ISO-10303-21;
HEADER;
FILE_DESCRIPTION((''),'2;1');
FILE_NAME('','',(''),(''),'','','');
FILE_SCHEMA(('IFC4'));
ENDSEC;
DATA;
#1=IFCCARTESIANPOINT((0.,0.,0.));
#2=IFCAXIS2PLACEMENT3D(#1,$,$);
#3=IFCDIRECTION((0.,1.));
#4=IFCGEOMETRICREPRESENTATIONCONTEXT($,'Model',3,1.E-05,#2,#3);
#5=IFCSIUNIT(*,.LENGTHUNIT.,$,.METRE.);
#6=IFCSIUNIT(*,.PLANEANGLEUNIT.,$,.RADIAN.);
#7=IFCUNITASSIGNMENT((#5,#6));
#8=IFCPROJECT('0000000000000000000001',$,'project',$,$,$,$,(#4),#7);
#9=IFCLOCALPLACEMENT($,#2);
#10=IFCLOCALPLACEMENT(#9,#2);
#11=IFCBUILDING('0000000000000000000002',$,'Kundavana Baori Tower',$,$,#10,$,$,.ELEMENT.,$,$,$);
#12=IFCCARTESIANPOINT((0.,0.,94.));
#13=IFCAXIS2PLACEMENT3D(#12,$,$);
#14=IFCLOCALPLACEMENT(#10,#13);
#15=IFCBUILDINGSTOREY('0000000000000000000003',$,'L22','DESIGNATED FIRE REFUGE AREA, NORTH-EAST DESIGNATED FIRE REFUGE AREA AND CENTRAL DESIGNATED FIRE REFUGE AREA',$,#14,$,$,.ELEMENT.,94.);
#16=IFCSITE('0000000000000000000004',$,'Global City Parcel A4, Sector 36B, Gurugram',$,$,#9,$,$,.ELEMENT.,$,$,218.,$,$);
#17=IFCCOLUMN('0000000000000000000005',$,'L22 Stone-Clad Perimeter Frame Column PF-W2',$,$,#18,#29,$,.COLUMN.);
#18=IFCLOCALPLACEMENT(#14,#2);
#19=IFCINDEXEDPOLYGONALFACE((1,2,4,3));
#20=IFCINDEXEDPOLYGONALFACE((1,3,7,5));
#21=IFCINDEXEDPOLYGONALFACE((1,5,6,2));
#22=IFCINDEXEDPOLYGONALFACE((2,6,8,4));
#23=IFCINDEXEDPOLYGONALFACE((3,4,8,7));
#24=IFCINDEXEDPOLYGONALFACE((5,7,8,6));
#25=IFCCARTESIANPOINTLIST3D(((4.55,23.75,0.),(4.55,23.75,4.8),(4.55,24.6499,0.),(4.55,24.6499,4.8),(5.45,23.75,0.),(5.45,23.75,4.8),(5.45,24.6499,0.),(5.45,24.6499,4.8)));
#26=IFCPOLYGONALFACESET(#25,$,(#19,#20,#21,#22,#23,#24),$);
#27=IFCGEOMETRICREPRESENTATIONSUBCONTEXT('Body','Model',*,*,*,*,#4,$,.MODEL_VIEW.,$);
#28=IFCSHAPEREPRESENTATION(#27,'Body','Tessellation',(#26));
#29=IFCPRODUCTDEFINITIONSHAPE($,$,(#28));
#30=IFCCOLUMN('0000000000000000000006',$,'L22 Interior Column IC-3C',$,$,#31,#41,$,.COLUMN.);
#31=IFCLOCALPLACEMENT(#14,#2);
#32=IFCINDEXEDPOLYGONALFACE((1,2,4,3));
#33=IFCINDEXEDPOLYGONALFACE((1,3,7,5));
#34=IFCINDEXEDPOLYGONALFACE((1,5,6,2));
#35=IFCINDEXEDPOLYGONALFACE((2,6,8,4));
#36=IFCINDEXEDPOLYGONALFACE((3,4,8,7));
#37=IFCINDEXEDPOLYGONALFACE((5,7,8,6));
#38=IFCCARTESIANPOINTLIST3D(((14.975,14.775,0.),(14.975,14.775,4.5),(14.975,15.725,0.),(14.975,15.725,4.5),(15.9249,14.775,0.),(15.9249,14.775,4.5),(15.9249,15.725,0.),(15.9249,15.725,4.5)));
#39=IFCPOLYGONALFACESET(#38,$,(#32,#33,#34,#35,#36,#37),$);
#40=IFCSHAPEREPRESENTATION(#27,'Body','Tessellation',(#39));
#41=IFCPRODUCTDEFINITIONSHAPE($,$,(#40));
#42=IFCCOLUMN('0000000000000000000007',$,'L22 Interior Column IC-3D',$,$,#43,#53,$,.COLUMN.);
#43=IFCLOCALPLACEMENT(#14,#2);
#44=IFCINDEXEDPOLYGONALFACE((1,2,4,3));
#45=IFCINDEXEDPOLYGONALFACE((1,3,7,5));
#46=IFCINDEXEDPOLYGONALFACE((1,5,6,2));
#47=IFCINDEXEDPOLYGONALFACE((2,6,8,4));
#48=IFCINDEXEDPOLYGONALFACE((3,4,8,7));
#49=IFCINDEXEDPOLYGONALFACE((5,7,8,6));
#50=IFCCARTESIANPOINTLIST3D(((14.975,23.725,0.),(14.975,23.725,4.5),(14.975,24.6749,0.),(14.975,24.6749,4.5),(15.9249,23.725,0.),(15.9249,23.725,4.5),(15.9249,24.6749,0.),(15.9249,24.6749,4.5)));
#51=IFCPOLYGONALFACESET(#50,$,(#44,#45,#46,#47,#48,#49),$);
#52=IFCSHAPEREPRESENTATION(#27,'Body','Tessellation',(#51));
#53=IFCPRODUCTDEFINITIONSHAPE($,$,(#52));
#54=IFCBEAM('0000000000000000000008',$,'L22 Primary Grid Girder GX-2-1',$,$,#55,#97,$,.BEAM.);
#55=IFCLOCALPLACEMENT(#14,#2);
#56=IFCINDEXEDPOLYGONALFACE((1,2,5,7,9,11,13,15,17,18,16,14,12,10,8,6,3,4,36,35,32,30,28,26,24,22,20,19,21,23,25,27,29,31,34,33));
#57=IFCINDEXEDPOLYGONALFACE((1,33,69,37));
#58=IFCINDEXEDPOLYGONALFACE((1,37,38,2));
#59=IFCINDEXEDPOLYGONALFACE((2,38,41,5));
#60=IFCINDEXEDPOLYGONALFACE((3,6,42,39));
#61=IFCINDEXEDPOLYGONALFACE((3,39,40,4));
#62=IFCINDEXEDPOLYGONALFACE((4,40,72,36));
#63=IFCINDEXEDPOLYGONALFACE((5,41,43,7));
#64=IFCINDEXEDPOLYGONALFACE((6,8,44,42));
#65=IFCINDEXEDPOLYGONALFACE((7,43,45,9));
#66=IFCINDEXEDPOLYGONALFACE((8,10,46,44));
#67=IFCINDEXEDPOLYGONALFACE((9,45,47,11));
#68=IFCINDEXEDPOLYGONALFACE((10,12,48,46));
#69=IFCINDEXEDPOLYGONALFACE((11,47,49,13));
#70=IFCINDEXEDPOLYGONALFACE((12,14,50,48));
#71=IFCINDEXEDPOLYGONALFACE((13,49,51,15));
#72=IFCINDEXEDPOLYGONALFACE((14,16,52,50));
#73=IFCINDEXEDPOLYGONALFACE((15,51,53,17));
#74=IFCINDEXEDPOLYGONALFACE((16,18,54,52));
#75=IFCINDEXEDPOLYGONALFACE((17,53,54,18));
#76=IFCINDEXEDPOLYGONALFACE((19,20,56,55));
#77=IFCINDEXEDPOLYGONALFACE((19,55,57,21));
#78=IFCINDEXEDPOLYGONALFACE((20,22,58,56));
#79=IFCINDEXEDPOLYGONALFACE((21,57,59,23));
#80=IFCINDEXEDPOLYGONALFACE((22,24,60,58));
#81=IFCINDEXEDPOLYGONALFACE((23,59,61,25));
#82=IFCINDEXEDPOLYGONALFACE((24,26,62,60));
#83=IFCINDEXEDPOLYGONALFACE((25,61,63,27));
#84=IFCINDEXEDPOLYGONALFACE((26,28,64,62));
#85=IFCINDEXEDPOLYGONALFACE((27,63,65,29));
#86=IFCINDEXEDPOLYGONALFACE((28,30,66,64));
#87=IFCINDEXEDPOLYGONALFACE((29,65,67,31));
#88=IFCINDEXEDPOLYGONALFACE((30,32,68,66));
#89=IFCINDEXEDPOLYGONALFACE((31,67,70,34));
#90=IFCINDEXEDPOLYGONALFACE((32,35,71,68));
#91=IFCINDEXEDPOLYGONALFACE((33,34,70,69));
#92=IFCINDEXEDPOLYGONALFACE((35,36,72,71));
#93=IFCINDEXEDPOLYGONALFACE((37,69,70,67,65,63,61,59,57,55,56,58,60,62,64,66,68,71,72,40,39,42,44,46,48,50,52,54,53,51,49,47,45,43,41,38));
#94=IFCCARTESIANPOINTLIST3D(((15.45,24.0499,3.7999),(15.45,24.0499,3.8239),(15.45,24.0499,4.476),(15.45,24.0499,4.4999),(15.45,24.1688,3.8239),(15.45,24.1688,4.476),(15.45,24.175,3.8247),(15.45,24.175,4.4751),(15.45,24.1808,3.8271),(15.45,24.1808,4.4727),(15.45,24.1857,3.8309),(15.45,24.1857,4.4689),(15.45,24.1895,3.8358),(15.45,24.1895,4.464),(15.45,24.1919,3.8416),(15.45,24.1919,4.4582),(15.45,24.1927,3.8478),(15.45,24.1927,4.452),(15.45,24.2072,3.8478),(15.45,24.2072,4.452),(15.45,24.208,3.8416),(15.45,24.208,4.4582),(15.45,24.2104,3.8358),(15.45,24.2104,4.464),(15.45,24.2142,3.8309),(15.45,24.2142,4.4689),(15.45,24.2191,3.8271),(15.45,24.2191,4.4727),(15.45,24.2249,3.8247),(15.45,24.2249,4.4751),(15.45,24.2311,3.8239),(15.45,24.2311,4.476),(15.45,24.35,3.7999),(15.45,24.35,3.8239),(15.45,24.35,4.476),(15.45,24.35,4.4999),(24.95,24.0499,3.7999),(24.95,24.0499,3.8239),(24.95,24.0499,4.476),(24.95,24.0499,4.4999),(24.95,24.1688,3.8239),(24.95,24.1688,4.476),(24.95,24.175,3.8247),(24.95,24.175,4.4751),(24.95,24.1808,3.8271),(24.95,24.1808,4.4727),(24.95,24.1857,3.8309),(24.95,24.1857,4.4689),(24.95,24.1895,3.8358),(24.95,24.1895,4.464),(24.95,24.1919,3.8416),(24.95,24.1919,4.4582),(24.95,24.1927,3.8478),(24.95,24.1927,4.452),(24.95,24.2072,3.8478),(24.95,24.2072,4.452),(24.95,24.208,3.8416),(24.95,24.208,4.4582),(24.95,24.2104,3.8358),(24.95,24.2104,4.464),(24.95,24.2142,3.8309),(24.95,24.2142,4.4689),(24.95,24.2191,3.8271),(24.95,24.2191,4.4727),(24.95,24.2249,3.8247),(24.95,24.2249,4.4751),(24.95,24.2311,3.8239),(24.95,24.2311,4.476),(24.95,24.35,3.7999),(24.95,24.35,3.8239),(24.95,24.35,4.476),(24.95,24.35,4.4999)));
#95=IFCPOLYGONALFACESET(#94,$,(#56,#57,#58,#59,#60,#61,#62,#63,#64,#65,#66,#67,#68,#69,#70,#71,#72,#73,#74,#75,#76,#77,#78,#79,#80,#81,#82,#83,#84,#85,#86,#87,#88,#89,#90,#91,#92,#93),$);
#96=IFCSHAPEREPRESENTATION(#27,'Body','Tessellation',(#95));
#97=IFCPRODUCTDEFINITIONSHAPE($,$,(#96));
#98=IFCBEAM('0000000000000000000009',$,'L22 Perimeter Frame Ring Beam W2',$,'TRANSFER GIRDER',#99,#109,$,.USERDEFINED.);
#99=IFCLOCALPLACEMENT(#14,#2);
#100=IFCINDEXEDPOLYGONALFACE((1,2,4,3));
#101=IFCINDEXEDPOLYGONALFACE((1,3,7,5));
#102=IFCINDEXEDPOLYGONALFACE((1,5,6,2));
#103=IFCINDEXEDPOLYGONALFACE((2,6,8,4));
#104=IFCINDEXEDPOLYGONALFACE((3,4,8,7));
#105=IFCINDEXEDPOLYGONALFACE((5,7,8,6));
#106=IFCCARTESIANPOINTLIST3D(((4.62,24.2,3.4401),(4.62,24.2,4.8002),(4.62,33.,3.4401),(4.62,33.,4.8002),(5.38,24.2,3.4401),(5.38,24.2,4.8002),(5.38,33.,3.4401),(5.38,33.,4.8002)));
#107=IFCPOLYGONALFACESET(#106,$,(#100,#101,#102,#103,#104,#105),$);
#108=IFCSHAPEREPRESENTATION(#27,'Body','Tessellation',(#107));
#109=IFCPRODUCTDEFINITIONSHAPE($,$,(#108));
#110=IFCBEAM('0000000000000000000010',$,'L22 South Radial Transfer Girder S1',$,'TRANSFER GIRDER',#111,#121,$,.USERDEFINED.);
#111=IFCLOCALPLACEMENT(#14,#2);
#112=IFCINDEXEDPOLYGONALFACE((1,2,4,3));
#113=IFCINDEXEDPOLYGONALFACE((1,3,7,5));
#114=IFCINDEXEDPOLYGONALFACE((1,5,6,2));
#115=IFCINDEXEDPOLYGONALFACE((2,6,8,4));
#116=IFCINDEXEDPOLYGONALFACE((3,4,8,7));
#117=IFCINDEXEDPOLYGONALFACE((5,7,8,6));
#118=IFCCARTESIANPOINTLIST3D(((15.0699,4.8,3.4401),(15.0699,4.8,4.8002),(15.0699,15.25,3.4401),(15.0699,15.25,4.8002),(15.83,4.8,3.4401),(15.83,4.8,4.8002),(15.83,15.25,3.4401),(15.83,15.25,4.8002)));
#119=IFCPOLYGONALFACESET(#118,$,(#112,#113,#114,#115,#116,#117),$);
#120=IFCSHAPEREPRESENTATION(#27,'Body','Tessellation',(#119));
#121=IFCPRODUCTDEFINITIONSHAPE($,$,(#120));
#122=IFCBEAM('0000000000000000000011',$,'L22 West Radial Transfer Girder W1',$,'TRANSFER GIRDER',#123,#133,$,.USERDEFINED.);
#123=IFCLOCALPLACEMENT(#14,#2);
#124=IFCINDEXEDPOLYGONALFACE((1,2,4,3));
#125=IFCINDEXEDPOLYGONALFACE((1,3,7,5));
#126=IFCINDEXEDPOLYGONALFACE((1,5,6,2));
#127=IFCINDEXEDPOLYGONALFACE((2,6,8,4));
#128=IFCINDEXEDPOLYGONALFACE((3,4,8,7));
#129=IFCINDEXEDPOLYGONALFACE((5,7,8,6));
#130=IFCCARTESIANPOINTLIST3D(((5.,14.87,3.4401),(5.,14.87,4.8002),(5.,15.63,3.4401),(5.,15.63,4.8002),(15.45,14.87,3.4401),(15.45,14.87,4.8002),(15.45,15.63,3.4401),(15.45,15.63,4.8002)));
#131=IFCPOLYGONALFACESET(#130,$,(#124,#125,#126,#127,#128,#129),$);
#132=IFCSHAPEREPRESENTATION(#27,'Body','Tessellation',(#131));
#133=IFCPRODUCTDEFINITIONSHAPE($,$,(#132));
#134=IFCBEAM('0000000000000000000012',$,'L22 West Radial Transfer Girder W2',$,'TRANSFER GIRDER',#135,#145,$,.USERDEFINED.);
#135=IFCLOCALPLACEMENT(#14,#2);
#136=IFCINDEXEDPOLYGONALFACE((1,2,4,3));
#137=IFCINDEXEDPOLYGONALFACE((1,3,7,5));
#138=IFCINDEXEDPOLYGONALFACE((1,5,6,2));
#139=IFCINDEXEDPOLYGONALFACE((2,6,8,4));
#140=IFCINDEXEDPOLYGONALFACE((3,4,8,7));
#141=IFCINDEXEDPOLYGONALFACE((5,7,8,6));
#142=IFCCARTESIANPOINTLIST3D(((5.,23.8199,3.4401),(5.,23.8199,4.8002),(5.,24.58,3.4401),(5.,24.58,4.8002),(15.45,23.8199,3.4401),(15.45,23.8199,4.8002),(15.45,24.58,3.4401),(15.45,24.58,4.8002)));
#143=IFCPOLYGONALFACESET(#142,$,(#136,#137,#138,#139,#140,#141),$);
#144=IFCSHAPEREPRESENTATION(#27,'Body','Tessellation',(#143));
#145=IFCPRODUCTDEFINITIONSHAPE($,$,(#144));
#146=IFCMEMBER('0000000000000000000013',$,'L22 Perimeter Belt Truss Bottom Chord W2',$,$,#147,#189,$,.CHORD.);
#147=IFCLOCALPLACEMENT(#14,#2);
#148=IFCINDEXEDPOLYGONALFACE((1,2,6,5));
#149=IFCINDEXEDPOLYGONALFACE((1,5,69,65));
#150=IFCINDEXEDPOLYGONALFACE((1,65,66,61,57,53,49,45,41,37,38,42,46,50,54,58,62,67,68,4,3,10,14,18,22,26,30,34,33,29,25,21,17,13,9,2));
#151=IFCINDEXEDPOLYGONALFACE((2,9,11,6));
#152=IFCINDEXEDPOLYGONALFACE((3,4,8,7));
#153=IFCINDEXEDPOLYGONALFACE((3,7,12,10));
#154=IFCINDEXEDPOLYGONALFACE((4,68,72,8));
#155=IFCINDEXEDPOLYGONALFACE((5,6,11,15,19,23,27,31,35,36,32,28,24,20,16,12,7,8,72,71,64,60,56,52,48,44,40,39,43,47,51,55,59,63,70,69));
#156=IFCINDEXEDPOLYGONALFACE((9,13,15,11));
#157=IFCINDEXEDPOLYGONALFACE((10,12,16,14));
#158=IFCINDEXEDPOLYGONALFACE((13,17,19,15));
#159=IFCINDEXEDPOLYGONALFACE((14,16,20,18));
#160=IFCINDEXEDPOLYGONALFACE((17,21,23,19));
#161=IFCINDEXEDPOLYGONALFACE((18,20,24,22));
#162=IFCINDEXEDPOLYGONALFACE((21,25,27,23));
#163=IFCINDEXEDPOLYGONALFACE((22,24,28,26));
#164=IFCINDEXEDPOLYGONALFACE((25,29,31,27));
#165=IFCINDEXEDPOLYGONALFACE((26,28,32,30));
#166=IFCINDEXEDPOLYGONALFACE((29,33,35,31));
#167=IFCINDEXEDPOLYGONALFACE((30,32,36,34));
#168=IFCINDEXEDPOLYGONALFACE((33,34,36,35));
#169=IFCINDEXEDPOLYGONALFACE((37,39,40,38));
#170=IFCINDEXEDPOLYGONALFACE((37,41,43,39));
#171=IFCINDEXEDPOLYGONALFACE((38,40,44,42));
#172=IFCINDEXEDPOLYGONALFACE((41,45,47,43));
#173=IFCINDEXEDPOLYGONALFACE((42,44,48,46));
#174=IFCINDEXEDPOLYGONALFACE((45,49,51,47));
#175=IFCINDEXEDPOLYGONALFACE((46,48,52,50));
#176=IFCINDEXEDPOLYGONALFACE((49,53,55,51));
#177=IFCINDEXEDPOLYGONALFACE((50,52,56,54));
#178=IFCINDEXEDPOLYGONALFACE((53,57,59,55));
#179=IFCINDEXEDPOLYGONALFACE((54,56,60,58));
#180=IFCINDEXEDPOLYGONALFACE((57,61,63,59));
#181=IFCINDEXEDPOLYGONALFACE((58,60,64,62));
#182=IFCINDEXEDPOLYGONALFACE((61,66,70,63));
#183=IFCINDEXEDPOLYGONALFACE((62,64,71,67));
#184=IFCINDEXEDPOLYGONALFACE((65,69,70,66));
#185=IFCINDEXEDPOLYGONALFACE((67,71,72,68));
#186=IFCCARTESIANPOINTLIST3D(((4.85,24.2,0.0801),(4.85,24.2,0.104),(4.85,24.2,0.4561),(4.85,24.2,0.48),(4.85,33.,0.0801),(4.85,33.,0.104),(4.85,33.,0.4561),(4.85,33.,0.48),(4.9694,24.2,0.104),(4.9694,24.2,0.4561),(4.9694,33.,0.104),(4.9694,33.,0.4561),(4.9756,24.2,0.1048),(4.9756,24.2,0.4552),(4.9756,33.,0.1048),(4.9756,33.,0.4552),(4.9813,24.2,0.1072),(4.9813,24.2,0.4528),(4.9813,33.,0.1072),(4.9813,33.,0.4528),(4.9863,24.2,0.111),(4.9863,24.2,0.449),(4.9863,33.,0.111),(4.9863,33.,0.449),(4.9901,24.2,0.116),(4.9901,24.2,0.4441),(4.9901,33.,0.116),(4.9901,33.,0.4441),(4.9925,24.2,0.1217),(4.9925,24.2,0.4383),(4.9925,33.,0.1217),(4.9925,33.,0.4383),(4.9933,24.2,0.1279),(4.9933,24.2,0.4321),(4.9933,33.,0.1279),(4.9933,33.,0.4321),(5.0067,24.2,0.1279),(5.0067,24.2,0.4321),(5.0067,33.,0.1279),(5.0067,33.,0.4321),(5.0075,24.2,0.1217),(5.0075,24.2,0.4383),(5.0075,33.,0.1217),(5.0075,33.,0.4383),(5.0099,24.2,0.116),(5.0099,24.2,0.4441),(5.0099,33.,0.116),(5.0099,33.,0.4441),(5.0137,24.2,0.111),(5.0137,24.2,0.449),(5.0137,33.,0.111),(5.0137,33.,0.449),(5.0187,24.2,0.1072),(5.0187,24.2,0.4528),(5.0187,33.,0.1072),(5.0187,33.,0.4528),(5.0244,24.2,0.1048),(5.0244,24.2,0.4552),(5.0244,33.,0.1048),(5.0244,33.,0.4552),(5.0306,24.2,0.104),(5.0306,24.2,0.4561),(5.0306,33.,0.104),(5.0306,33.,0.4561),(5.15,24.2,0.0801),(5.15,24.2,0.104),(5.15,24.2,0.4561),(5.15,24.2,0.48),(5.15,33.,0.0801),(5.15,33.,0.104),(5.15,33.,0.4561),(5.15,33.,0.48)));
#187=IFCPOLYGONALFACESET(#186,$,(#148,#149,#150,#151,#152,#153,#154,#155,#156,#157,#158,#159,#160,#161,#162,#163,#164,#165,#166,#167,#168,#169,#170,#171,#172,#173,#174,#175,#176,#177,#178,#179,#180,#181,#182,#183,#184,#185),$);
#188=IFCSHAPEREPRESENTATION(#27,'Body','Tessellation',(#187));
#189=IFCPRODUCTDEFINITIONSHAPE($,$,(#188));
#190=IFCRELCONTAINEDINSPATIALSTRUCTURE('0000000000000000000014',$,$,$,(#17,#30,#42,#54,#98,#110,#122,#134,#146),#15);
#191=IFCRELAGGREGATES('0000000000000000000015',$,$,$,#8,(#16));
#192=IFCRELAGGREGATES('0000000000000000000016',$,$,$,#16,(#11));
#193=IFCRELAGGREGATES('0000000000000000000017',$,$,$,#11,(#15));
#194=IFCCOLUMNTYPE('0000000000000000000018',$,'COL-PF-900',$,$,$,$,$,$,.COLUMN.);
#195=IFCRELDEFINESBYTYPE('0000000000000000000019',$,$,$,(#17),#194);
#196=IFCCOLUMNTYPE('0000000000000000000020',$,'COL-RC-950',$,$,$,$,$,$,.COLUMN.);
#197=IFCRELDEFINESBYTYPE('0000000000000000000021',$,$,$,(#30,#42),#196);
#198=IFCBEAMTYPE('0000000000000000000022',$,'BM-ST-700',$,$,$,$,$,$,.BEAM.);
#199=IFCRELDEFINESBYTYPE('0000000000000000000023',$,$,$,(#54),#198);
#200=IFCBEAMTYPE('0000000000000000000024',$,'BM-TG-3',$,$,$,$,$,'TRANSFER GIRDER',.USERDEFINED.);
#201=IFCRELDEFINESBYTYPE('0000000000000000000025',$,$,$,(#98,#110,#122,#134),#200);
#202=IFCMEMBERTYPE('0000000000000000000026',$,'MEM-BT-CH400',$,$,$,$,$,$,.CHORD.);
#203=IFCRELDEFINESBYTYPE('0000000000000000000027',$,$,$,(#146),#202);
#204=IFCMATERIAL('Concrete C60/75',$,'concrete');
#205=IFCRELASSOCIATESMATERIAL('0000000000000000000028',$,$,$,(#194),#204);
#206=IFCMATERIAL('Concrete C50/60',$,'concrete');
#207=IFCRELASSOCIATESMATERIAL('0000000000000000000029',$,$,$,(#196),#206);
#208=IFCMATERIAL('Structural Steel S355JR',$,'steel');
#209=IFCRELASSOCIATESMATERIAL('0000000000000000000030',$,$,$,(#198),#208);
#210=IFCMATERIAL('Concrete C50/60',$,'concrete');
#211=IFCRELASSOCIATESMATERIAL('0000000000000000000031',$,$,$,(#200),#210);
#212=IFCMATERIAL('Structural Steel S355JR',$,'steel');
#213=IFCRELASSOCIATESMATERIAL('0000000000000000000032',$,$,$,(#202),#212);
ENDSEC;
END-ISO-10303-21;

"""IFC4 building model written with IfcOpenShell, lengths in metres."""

from ifc_helpers import new_model, si_unit, direction, frame, origin, origin_2d, place, context, subcontext, project, spatial, rectangle, i_section, extrude, material, material_profile, profile_set, type_object, element, save


model = new_model("IFC4")

# Units and contexts
model_context = context("Model", 3, precision=1e-05, world=origin(), true_north=direction((0.0, 1.0)))
body_context = subcontext(model_context, "Body", "Model", "MODEL_VIEW")
ifc_project = project(units=[si_unit("LENGTHUNIT", "METRE"), si_unit("PLANEANGLEUNIT", "RADIAN")], contexts=[model_context])

# Site, building, storey
site_placement = place(None, origin())
site = spatial("IfcSite", under=ifc_project, at=site_placement, Name="Global City Parcel A4, Sector 36B, Gurugram", CompositionType="ELEMENT", RefElevation=218.0)
building_placement = place(site_placement, origin())
building = spatial("IfcBuilding", under=site, at=building_placement, Name="Kundavana Baori Tower", CompositionType="ELEMENT")
storey_placement = place(building_placement, frame((0.0, 0.0, 94.0)))
storey = spatial("IfcBuildingStorey", under=building, at=storey_placement, Name="L22", Description="DESIGNATED FIRE REFUGE AREA, NORTH-EAST DESIGNATED FIRE REFUGE AREA AND CENTRAL DESIGNATED FIRE REFUGE AREA", CompositionType="ELEMENT", Elevation=94.0)

# Columns
ifc_material_1 = material(Name="Concrete C60/75", Category="concrete")
ifc_material_profile_1 = material_profile(ifc_material_1, rectangle(XDim=0.8999, YDim=0.8999, at=origin_2d()), Name="RC PF 900x900")
ifc_profile_set_1 = profile_set([ifc_material_profile_1], Name="Concrete C60/75")
column_type_1 = type_object("IfcColumnType", Name="COL-PF-900", PredefinedType="COLUMN", material=ifc_profile_set_1)
column_placement = place(storey_placement, frame((5.0, 24.2, 0.0), z_axis=(0.0, 0.0, 1.0), x_axis=(1.0, 0.0, 0.0)))
element("IfcColumn", 1, at=column_placement, inside=storey, type_object=column_type_1, Name="L22 Stone-Clad Perimeter Frame Column PF-W2", PredefinedType="COLUMN", context=body_context, shape_type="SweptSolid", body=[
    extrude(rectangle(XDim=0.8999, YDim=0.8999, at=origin_2d()), origin(), (0.0, 0.0, 1.0), 4.8),
])
ifc_material_2 = material(Name="Concrete C50/60", Category="concrete")
ifc_material_profile_2 = material_profile(ifc_material_2, rectangle(XDim=0.95, YDim=0.95, at=origin_2d()), Name="RC 950x950")
ifc_profile_set_2 = profile_set([ifc_material_profile_2], Name="Concrete C50/60")
column_type_2 = type_object("IfcColumnType", Name="COL-RC-950", PredefinedType="COLUMN", material=ifc_profile_set_2)
for number, where, z_axis, x_axis, name in (
    (2, (15.45, 15.25, 0.0), (0.0, 0.0, 1.0), (1.0, 0.0, 0.0), "L22 Interior Column IC-3C"),
    (3, (15.45, 24.2, 0.0), (0.0, 0.0, 1.0), (1.0, 0.0, 0.0), "L22 Interior Column IC-3D"),
):
    element("IfcColumn", number, at=place(storey_placement, frame(where, z_axis=z_axis, x_axis=x_axis)), inside=storey, type_object=column_type_2, Name=name, PredefinedType="COLUMN", context=body_context, shape_type="SweptSolid", body=[
        extrude(rectangle(XDim=0.95, YDim=0.95, at=origin_2d()), origin(), (0.0, 0.0, 1.0), 4.5),
    ])

# Beams
ifc_material_3 = material(Name="Structural Steel S355JR", Category="steel")
ifc_material_profile_3 = material_profile(ifc_material_3, i_section(OverallWidth=0.3, OverallDepth=0.7, WebThickness=0.0144, FlangeThickness=0.0239, FilletRadius=0.0239, at=origin_2d()), Name="NPB 700x300x170")
ifc_profile_set_3 = profile_set([ifc_material_profile_3], Name="Structural Steel S355JR")
beam_type_1 = type_object("IfcBeamType", Name="BM-ST-700", PredefinedType="BEAM", material=ifc_profile_set_3)
beam_1_placement = place(storey_placement, frame((15.45, 24.2, 4.1499), z_axis=(1.0, 0.0, 0.0), x_axis=(0.0, 1.0, 0.0)))
element("IfcBeam", 4, at=beam_1_placement, inside=storey, type_object=beam_type_1, Name="L22 Primary Grid Girder GX-2-1", PredefinedType="BEAM", context=body_context, shape_type="SweptSolid", body=[
    extrude(i_section(OverallWidth=0.3, OverallDepth=0.7, WebThickness=0.0144, FlangeThickness=0.0239, FilletRadius=0.0239, at=origin_2d()), origin(), (0.0, 0.0, 1.0), 9.5),
])
ifc_material_4 = material(Name="Concrete C50/60", Category="concrete")
ifc_material_profile_4 = material_profile(ifc_material_4, rectangle(XDim=0.76, YDim=1.3601, at=origin_2d()), Name="BM-TG-3")
ifc_profile_set_4 = profile_set([ifc_material_profile_4], Name="Concrete C50/60")
beam_type_2 = type_object("IfcBeamType", Name="BM-TG-3", ElementType="TRANSFER GIRDER", PredefinedType="USERDEFINED", material=ifc_profile_set_4)
beam_2_placement = place(storey_placement, frame((5.0, 24.2, 4.1201), z_axis=(0.0, 1.0, 0.0), x_axis=(-1.0, 0.0, 0.0)))
element("IfcBeam", 5, at=beam_2_placement, inside=storey, type_object=beam_type_2, Name="L22 Perimeter Frame Ring Beam W2", ObjectType="TRANSFER GIRDER", PredefinedType="USERDEFINED", context=body_context, shape_type="SweptSolid", body=[
    extrude(rectangle(XDim=0.76, YDim=1.3601, at=origin_2d()), origin(), (0.0, 0.0, 1.0), 8.8),
])
for number, where, z_axis, x_axis, name in (
    (6, (15.45, 15.25, 4.1201), (0.0, -1.0, 0.0), (1.0, 0.0, 0.0), "L22 South Radial Transfer Girder S1"),
    (7, (15.45, 15.25, 4.1201), (-1.0, 0.0, 0.0), (0.0, -1.0, 0.0), "L22 West Radial Transfer Girder W1"),
    (8, (15.45, 24.2, 4.1201), (-1.0, 0.0, 0.0), (0.0, -1.0, 0.0), "L22 West Radial Transfer Girder W2"),
):
    element("IfcBeam", number, at=place(storey_placement, frame(where, z_axis=z_axis, x_axis=x_axis)), inside=storey, type_object=beam_type_2, Name=name, ObjectType="TRANSFER GIRDER", PredefinedType="USERDEFINED", context=body_context, shape_type="SweptSolid", body=[
        extrude(rectangle(XDim=0.76, YDim=1.3601, at=origin_2d()), origin(), (0.0, 0.0, 1.0), 10.45),
    ])

# Member
ifc_material_5 = material(Name="Structural Steel S355JR", Category="steel")
ifc_material_profile_5 = material_profile(ifc_material_5, i_section(OverallWidth=0.3, OverallDepth=0.3999, WebThickness=0.0134, FlangeThickness=0.0239, FilletRadius=0.0239, at=origin_2d()), Name="WPB 400x300x135")
ifc_profile_set_5 = profile_set([ifc_material_profile_5], Name="Structural Steel S355JR")
member_type_1 = type_object("IfcMemberType", Name="MEM-BT-CH400", PredefinedType="CHORD", material=ifc_profile_set_5)
member_1_placement = place(storey_placement, frame((5.0, 24.2, 0.28), z_axis=(0.0, 1.0, 0.0), x_axis=(-1.0, 0.0, 0.0)))
element("IfcMember", 9, at=member_1_placement, inside=storey, type_object=member_type_1, Name="L22 Perimeter Belt Truss Bottom Chord W2", PredefinedType="CHORD", context=body_context, shape_type="SweptSolid", body=[
    extrude(i_section(OverallWidth=0.3, OverallDepth=0.3999, WebThickness=0.0134, FlangeThickness=0.0239, FilletRadius=0.0239, at=origin_2d()), origin(), (0.0, 0.0, 1.0), 8.8),
])

save(model, "model.ifc")
